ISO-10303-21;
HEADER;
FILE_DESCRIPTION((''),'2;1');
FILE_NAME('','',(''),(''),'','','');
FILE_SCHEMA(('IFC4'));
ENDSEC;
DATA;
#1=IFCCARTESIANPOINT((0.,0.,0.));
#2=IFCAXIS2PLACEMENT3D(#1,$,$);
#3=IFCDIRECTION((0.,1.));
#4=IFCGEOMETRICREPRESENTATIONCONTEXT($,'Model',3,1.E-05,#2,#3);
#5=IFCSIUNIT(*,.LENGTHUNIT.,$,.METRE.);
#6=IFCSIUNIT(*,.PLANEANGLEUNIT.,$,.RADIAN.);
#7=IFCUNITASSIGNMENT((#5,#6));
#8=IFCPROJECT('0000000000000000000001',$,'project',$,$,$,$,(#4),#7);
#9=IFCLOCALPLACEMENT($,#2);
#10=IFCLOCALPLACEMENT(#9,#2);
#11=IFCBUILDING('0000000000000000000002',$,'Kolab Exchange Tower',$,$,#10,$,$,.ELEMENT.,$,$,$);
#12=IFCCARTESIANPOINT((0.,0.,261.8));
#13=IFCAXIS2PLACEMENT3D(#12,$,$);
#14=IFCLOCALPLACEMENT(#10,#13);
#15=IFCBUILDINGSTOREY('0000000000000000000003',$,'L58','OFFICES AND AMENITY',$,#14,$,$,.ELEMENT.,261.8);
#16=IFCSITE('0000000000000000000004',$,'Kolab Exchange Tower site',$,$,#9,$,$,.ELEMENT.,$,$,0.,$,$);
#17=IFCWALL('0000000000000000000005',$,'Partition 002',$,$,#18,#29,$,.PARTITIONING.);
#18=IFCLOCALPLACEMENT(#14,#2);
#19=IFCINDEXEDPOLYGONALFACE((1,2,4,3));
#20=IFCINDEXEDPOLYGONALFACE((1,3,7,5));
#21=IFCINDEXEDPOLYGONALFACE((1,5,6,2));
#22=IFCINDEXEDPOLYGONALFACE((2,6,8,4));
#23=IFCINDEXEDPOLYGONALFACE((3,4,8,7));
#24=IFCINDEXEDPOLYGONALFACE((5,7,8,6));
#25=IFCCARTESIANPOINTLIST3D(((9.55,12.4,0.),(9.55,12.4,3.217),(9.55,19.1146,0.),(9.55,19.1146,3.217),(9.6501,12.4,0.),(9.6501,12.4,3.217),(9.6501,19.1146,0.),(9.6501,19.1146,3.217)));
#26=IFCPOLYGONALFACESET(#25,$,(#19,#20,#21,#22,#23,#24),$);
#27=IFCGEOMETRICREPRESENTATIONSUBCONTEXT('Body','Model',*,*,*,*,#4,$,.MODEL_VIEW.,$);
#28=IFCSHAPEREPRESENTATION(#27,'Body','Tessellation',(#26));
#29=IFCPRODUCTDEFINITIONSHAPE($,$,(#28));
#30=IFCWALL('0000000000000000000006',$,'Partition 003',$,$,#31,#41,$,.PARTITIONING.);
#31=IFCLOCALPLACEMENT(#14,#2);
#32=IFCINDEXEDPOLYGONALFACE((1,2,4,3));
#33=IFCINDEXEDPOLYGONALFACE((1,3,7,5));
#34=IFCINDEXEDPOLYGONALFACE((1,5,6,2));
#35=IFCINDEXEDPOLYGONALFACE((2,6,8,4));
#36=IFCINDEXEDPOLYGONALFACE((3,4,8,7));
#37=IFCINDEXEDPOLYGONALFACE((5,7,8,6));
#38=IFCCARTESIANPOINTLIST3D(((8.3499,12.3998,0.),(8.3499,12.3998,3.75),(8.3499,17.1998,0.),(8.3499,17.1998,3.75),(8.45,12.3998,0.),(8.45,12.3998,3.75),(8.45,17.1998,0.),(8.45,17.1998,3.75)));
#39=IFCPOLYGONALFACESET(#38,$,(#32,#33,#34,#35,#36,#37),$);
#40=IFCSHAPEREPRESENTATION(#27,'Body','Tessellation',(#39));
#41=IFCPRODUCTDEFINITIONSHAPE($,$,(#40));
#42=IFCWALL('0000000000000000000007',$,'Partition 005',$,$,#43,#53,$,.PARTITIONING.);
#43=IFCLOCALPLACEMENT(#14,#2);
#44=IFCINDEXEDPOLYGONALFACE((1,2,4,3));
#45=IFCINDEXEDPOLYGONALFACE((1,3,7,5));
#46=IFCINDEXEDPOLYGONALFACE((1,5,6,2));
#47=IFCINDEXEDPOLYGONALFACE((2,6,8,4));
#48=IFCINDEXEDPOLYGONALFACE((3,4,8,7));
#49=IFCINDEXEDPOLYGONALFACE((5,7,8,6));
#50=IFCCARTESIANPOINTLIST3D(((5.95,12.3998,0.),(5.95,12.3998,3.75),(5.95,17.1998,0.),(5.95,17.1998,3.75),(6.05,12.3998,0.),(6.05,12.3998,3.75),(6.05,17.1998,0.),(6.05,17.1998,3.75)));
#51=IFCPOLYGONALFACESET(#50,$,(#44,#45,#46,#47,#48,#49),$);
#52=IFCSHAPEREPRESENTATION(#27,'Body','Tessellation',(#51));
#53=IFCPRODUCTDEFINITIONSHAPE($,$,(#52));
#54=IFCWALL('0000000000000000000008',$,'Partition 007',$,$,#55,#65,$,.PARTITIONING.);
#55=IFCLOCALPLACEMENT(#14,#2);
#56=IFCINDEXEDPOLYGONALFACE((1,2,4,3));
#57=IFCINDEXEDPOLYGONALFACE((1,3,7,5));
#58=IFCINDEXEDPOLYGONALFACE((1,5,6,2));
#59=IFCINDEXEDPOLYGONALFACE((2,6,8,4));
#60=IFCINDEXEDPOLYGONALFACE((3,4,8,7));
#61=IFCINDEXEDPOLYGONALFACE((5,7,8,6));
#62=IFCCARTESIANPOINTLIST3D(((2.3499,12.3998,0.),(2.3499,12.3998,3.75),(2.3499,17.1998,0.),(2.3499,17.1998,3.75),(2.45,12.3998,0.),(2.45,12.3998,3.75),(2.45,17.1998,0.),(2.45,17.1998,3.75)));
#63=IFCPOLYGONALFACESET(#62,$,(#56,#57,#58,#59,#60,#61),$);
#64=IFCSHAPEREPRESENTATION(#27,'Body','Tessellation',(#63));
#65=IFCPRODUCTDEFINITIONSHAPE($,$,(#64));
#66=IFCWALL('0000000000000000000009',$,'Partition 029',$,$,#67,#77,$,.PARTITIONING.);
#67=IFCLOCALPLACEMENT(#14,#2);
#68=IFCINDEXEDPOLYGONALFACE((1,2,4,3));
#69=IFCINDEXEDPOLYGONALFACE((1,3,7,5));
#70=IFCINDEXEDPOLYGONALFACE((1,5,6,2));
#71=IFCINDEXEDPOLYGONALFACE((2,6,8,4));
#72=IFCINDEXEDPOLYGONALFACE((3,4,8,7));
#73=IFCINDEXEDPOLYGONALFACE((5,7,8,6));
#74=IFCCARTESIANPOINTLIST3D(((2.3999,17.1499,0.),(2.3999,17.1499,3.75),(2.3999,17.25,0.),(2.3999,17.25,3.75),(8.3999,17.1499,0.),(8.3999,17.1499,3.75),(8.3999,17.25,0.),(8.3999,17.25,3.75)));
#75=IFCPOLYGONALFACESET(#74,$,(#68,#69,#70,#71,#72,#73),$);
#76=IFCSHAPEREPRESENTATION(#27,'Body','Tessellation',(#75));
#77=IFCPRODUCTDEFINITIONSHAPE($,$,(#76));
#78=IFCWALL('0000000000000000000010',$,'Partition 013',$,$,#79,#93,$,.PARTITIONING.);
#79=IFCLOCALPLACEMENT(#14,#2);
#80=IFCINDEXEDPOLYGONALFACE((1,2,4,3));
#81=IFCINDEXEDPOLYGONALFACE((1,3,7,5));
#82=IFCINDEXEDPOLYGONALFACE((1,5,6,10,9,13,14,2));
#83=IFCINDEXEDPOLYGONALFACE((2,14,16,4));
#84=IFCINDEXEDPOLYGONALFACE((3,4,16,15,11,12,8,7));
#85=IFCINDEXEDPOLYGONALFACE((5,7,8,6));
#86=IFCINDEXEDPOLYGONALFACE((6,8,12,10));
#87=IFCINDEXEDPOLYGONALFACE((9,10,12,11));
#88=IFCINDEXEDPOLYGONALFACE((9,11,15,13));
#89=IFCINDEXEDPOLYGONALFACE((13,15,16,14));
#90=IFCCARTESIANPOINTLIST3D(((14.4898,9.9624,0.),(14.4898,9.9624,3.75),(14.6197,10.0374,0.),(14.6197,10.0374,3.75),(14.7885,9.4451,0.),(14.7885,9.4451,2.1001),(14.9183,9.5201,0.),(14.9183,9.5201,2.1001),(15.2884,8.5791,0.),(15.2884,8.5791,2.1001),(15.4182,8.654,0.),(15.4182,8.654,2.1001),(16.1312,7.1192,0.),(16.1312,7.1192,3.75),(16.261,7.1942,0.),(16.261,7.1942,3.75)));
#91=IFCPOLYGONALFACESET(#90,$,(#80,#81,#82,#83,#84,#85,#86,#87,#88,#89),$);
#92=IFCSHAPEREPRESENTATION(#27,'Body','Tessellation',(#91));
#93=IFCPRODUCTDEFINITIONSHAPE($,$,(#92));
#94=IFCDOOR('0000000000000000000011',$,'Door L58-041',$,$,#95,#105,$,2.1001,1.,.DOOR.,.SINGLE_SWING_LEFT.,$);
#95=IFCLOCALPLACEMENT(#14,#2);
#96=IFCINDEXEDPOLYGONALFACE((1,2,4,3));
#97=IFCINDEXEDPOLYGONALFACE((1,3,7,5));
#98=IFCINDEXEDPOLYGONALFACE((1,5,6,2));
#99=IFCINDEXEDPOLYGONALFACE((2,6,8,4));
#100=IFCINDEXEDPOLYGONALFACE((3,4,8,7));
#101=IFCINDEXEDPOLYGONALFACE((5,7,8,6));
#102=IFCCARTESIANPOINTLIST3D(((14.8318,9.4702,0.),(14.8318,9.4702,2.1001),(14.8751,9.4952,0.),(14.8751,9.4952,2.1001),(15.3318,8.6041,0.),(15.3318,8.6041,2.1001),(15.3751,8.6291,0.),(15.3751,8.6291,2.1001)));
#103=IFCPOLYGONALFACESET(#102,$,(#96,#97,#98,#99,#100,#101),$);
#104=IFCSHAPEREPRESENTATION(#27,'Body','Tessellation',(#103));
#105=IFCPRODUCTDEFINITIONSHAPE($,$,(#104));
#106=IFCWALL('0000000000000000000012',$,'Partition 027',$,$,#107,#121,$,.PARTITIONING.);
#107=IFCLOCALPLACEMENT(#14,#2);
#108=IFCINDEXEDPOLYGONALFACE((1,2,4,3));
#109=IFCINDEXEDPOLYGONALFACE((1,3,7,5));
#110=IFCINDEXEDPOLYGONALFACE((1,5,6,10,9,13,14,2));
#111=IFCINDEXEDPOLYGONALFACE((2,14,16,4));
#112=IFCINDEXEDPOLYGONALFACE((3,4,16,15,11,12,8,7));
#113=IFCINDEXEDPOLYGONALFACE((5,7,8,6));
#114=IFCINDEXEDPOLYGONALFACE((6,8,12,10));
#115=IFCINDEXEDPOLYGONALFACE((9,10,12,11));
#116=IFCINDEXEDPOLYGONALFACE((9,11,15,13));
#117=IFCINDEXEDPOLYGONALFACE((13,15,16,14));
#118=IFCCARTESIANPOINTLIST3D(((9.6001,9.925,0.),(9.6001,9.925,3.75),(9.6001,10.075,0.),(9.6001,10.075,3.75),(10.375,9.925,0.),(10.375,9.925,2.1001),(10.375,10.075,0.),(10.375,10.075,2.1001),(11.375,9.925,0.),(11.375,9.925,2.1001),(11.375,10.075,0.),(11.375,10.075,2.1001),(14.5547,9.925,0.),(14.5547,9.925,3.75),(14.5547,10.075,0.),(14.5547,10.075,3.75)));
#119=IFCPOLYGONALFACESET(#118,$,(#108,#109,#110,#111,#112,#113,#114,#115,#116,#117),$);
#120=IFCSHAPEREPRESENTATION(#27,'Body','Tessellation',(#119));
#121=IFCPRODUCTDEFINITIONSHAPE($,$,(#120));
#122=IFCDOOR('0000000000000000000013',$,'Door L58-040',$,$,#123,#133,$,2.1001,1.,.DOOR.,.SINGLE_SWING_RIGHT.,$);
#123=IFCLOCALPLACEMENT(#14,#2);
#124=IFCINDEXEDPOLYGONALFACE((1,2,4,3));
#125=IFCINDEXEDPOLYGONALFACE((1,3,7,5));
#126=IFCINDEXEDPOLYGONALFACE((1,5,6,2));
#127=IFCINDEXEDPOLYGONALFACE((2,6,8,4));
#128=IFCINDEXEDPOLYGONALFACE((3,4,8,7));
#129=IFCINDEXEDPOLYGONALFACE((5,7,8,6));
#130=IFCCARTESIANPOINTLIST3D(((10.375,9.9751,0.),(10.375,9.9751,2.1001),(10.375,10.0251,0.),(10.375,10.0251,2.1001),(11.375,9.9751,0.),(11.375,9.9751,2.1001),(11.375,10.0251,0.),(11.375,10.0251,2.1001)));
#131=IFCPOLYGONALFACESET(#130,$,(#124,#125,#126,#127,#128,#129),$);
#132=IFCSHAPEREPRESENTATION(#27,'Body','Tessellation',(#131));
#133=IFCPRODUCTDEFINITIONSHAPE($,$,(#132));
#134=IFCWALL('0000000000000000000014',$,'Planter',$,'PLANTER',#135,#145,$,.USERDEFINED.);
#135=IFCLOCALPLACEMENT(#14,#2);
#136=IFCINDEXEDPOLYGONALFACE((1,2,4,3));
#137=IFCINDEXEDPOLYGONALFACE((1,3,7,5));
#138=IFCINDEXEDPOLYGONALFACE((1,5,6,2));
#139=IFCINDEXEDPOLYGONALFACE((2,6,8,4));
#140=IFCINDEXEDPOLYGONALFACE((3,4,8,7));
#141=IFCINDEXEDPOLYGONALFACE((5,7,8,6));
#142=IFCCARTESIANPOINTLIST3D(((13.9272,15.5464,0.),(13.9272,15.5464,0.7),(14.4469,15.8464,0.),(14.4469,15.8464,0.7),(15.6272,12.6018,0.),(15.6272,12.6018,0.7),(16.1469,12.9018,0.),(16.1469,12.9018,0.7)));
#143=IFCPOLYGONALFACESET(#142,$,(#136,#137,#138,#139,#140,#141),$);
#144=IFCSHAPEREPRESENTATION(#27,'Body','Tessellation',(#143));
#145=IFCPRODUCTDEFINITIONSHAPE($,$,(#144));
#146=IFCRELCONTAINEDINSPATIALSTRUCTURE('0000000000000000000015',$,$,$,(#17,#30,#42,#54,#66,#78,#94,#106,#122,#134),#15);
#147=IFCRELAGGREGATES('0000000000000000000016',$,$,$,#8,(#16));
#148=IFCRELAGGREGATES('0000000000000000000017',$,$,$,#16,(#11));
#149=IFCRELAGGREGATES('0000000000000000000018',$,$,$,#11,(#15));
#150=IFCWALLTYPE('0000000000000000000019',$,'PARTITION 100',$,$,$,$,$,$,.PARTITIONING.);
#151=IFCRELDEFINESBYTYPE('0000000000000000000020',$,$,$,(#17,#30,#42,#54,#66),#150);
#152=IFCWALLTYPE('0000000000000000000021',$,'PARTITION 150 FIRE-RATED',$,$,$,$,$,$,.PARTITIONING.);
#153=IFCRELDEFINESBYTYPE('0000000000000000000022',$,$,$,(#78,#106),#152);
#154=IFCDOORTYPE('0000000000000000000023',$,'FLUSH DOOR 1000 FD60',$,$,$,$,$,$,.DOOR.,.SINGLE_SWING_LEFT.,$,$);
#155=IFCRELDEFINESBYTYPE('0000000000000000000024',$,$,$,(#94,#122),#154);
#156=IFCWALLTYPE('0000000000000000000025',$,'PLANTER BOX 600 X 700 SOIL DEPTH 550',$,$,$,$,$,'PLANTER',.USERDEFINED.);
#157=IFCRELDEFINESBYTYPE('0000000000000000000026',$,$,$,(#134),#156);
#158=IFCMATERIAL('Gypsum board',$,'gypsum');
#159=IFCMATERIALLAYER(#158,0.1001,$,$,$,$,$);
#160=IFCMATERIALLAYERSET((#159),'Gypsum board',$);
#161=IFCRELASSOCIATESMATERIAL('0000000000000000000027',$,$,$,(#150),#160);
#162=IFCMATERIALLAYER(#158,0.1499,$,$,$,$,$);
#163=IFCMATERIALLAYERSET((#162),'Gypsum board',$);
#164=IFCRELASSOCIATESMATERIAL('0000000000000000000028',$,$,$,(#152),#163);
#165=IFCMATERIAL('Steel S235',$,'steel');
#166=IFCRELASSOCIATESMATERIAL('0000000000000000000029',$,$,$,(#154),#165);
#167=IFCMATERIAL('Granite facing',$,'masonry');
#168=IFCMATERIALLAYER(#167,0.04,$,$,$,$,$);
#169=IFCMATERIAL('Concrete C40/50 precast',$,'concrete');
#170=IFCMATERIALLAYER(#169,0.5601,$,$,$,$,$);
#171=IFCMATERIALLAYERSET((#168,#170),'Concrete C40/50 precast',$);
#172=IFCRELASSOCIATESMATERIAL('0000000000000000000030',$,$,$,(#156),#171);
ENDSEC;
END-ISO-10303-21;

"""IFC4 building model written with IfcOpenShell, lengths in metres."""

from ifc_helpers import new_model, si_unit, direction, frame, frame_2d, origin, place, context, subcontext, project, spatial, rectangle, extrude, material, layer, layer_set, type_object, element, fill, save


model = new_model("IFC4")

# Units and contexts
model_context = context("Model", 3, precision=1e-05, world=origin(), true_north=direction((0.0, 1.0)))
body_context = subcontext(model_context, "Body", "Model", "MODEL_VIEW")
ifc_project = project(units=[si_unit("LENGTHUNIT", "METRE"), si_unit("PLANEANGLEUNIT", "RADIAN")], contexts=[model_context])

# Site, building, storey
site_placement = place(None, origin())
site = spatial("IfcSite", under=ifc_project, at=site_placement, Name="Kolab Exchange Tower site", CompositionType="ELEMENT", RefElevation=0.0)
building_placement = place(site_placement, origin())
building = spatial("IfcBuilding", under=site, at=building_placement, Name="Kolab Exchange Tower", CompositionType="ELEMENT")
storey_placement = place(building_placement, frame((0.0, 0.0, 261.8)))
storey = spatial("IfcBuildingStorey", under=building, at=storey_placement, Name="L58", Description="OFFICES AND AMENITY", CompositionType="ELEMENT", Elevation=261.8)

# Walls
ifc_material_1 = material(Name="Gypsum board", Category="gypsum")
ifc_layer_1 = layer(ifc_material_1, 0.1001)
ifc_layer_set_1 = layer_set([ifc_layer_1], Name="Gypsum board")
wall_type_1 = type_object("IfcWallType", Name="PARTITION 100", PredefinedType="PARTITIONING", material=ifc_layer_set_1)
wall_1_placement = place(storey_placement, frame((9.6001, 12.3999, 0.0), z_axis=(0.0, 0.0, 1.0), x_axis=(0.0, 1.0, 0.0)))
element("IfcWall", 1, at=wall_1_placement, inside=storey, type_object=wall_type_1, Name="Partition 002", PredefinedType="PARTITIONING", context=body_context, shape_type="SweptSolid", body=[
    extrude(rectangle(XDim=6.7146, YDim=0.1001, at=frame_2d((3.3574, 0.0))), origin(), (0.0, 0.0, 1.0), 3.217),
])
for number, where, z_axis, x_axis, name in (
    (2, (8.3999, 12.3999, 0.0), (0.0, 0.0, 1.0), (0.0, 1.0, 0.0), "Partition 003"),
    (3, (6.0, 12.3999, 0.0), (0.0, 0.0, 1.0), (0.0, 1.0, 0.0), "Partition 005"),
    (4, (2.3999, 12.3999, 0.0), (0.0, 0.0, 1.0), (0.0, 1.0, 0.0), "Partition 007"),
):
    element("IfcWall", number, at=place(storey_placement, frame(where, z_axis=z_axis, x_axis=x_axis)), inside=storey, type_object=wall_type_1, Name=name, PredefinedType="PARTITIONING", context=body_context, shape_type="SweptSolid", body=[
        extrude(rectangle(XDim=4.8, YDim=0.1001, at=frame_2d((2.3999, 0.0))), origin(), (0.0, 0.0, 1.0), 3.75),
    ])
wall_2_placement = place(storey_placement, frame((2.3999, 17.2, 0.0), z_axis=(0.0, 0.0, 1.0), x_axis=(1.0, 0.0, 0.0)))
element("IfcWall", 5, at=wall_2_placement, inside=storey, type_object=wall_type_1, Name="Partition 029", PredefinedType="PARTITIONING", context=body_context, shape_type="SweptSolid", body=[
    extrude(rectangle(XDim=6.0, YDim=0.1001, at=frame_2d((3.0, 0.0))), origin(), (0.0, 0.0, 1.0), 3.75),
])

# Walls, openings, doors
ifc_layer_2 = layer(ifc_material_1, 0.1499)
ifc_layer_set_2 = layer_set([ifc_layer_2], Name="Gypsum board")
wall_type_2 = type_object("IfcWallType", Name="PARTITION 150 FIRE-RATED", PredefinedType="PARTITIONING", material=ifc_layer_set_2)
wall_3_placement = place(storey_placement, frame((14.5547, 10.0, 0.0), z_axis=(0.0, 0.0, 1.0), x_axis=(0.499954, -0.866052, 0.0)))
wall_3 = element("IfcWall", 6, at=wall_3_placement, inside=storey, type_object=wall_type_2, Name="Partition 013", PredefinedType="PARTITIONING", context=body_context, shape_type="SweptSolid", body=[
    extrude(rectangle(XDim=3.283, YDim=0.1499, at=frame_2d((1.6416, 0.0))), origin(), (0.0, 0.0, 1.0), 3.75),
])
opening_1_placement = place(wall_3_placement, frame((0.5974, 0.0, 0.0)))
opening_1 = element("IfcOpeningElement", 7, at=opening_1_placement, cuts=wall_3, PredefinedType="OPENING", context=body_context, shape_type="SweptSolid", body=[
    extrude(rectangle(XDim=1.0, YDim=2.1001, at=frame_2d((0.5, 1.05))), frame((0.0, 0.085, 0.0), z_axis=(0.0, -1.0, 0.0), x_axis=(1.0, 0.0, 0.0)), (0.0, 0.0, 1.0), 0.1699),
])
ifc_material_2 = material(Name="Steel S235", Category="steel")
door_type_1 = type_object("IfcDoorType", Name="FLUSH DOOR 1000 FD60", OperationType="SINGLE_SWING_LEFT", PredefinedType="DOOR", material=ifc_material_2)
door_1_placement = place(opening_1_placement, frame((1.0, 0.0, 0.0), z_axis=(0.0, 0.0, 1.0), x_axis=(-1.0, 0.0, 0.0)))
door_1 = element("IfcDoor", 8, at=door_1_placement, inside=storey, type_object=door_type_1, Name="Door L58-041", OperationType="SINGLE_SWING_LEFT", OverallHeight=2.1001, OverallWidth=1.0, PredefinedType="DOOR", context=body_context, shape_type="SweptSolid", body=[
    extrude(rectangle(XDim=1.0, YDim=2.1001, at=frame_2d((0.5, 1.05))), frame((0.0, 0.0249, 0.0), z_axis=(0.0, -1.0, 0.0), x_axis=(1.0, 0.0, 0.0)), (0.0, 0.0, 1.0), 0.05),
])
fill(opening_1, door_1)
wall_4_placement = place(storey_placement, frame((9.6001, 10.0, 0.0), z_axis=(0.0, 0.0, 1.0), x_axis=(1.0, 0.0, 0.0)))
wall_4 = element("IfcWall", 9, at=wall_4_placement, inside=storey, type_object=wall_type_2, Name="Partition 027", PredefinedType="PARTITIONING", context=body_context, shape_type="SweptSolid", body=[
    extrude(rectangle(XDim=4.9546, YDim=0.1499, at=frame_2d((2.4773, 0.0))), origin(), (0.0, 0.0, 1.0), 3.75),
])
opening_2_placement = place(wall_4_placement, frame((0.7749, 0.0, 0.0)))
opening_2 = element("IfcOpeningElement", 10, at=opening_2_placement, cuts=wall_4, PredefinedType="OPENING", context=body_context, shape_type="SweptSolid", body=[
    extrude(rectangle(XDim=1.0, YDim=2.1001, at=frame_2d((0.5, 1.05))), frame((0.0, 0.085, 0.0), z_axis=(0.0, -1.0, 0.0), x_axis=(1.0, 0.0, 0.0)), (0.0, 0.0, 1.0), 0.1699),
])
door_2_placement = place(opening_2_placement, frame((1.0, 0.0, 0.0), z_axis=(0.0, 0.0, 1.0), x_axis=(-1.0, 0.0, 0.0)))
door_2 = element("IfcDoor", 11, at=door_2_placement, inside=storey, type_object=door_type_1, Name="Door L58-040", OperationType="SINGLE_SWING_RIGHT", OverallHeight=2.1001, OverallWidth=1.0, PredefinedType="DOOR", context=body_context, shape_type="SweptSolid", body=[
    extrude(rectangle(XDim=1.0, YDim=2.1001, at=frame_2d((0.5, 1.05))), frame((0.0, 0.0249, 0.0), z_axis=(0.0, -1.0, 0.0), x_axis=(1.0, 0.0, 0.0)), (0.0, 0.0, 1.0), 0.05),
])
fill(opening_2, door_2)

# Wall
ifc_material_3 = material(Name="Granite facing", Category="masonry")
ifc_layer_3 = layer(ifc_material_3, 0.04)
ifc_material_4 = material(Name="Concrete C40/50 precast", Category="concrete")
ifc_layer_4 = layer(ifc_material_4, 0.5601)
ifc_layer_set_3 = layer_set([ifc_layer_3, ifc_layer_4], Name="Concrete C40/50 precast")
wall_type_3 = type_object("IfcWallType", Name="PLANTER BOX 600 X 700 SOIL DEPTH 550", ElementType="PLANTER", PredefinedType="USERDEFINED", material=ifc_layer_set_3)
wall_5_placement = place(storey_placement, frame((14.187, 15.6965, 0.0), z_axis=(0.0, 0.0, 1.0), x_axis=(0.499977, -0.866039, 0.0)))
element("IfcWall", 12, at=wall_5_placement, inside=storey, type_object=wall_type_3, Name="Planter", ObjectType="PLANTER", PredefinedType="USERDEFINED", context=body_context, shape_type="SweptSolid", body=[
    extrude(rectangle(XDim=3.4001, YDim=0.6001, at=frame_2d((1.7002, 0.0))), origin(), (0.0, 0.0, 1.0), 0.7),
])

save(model, "model.ifc")
